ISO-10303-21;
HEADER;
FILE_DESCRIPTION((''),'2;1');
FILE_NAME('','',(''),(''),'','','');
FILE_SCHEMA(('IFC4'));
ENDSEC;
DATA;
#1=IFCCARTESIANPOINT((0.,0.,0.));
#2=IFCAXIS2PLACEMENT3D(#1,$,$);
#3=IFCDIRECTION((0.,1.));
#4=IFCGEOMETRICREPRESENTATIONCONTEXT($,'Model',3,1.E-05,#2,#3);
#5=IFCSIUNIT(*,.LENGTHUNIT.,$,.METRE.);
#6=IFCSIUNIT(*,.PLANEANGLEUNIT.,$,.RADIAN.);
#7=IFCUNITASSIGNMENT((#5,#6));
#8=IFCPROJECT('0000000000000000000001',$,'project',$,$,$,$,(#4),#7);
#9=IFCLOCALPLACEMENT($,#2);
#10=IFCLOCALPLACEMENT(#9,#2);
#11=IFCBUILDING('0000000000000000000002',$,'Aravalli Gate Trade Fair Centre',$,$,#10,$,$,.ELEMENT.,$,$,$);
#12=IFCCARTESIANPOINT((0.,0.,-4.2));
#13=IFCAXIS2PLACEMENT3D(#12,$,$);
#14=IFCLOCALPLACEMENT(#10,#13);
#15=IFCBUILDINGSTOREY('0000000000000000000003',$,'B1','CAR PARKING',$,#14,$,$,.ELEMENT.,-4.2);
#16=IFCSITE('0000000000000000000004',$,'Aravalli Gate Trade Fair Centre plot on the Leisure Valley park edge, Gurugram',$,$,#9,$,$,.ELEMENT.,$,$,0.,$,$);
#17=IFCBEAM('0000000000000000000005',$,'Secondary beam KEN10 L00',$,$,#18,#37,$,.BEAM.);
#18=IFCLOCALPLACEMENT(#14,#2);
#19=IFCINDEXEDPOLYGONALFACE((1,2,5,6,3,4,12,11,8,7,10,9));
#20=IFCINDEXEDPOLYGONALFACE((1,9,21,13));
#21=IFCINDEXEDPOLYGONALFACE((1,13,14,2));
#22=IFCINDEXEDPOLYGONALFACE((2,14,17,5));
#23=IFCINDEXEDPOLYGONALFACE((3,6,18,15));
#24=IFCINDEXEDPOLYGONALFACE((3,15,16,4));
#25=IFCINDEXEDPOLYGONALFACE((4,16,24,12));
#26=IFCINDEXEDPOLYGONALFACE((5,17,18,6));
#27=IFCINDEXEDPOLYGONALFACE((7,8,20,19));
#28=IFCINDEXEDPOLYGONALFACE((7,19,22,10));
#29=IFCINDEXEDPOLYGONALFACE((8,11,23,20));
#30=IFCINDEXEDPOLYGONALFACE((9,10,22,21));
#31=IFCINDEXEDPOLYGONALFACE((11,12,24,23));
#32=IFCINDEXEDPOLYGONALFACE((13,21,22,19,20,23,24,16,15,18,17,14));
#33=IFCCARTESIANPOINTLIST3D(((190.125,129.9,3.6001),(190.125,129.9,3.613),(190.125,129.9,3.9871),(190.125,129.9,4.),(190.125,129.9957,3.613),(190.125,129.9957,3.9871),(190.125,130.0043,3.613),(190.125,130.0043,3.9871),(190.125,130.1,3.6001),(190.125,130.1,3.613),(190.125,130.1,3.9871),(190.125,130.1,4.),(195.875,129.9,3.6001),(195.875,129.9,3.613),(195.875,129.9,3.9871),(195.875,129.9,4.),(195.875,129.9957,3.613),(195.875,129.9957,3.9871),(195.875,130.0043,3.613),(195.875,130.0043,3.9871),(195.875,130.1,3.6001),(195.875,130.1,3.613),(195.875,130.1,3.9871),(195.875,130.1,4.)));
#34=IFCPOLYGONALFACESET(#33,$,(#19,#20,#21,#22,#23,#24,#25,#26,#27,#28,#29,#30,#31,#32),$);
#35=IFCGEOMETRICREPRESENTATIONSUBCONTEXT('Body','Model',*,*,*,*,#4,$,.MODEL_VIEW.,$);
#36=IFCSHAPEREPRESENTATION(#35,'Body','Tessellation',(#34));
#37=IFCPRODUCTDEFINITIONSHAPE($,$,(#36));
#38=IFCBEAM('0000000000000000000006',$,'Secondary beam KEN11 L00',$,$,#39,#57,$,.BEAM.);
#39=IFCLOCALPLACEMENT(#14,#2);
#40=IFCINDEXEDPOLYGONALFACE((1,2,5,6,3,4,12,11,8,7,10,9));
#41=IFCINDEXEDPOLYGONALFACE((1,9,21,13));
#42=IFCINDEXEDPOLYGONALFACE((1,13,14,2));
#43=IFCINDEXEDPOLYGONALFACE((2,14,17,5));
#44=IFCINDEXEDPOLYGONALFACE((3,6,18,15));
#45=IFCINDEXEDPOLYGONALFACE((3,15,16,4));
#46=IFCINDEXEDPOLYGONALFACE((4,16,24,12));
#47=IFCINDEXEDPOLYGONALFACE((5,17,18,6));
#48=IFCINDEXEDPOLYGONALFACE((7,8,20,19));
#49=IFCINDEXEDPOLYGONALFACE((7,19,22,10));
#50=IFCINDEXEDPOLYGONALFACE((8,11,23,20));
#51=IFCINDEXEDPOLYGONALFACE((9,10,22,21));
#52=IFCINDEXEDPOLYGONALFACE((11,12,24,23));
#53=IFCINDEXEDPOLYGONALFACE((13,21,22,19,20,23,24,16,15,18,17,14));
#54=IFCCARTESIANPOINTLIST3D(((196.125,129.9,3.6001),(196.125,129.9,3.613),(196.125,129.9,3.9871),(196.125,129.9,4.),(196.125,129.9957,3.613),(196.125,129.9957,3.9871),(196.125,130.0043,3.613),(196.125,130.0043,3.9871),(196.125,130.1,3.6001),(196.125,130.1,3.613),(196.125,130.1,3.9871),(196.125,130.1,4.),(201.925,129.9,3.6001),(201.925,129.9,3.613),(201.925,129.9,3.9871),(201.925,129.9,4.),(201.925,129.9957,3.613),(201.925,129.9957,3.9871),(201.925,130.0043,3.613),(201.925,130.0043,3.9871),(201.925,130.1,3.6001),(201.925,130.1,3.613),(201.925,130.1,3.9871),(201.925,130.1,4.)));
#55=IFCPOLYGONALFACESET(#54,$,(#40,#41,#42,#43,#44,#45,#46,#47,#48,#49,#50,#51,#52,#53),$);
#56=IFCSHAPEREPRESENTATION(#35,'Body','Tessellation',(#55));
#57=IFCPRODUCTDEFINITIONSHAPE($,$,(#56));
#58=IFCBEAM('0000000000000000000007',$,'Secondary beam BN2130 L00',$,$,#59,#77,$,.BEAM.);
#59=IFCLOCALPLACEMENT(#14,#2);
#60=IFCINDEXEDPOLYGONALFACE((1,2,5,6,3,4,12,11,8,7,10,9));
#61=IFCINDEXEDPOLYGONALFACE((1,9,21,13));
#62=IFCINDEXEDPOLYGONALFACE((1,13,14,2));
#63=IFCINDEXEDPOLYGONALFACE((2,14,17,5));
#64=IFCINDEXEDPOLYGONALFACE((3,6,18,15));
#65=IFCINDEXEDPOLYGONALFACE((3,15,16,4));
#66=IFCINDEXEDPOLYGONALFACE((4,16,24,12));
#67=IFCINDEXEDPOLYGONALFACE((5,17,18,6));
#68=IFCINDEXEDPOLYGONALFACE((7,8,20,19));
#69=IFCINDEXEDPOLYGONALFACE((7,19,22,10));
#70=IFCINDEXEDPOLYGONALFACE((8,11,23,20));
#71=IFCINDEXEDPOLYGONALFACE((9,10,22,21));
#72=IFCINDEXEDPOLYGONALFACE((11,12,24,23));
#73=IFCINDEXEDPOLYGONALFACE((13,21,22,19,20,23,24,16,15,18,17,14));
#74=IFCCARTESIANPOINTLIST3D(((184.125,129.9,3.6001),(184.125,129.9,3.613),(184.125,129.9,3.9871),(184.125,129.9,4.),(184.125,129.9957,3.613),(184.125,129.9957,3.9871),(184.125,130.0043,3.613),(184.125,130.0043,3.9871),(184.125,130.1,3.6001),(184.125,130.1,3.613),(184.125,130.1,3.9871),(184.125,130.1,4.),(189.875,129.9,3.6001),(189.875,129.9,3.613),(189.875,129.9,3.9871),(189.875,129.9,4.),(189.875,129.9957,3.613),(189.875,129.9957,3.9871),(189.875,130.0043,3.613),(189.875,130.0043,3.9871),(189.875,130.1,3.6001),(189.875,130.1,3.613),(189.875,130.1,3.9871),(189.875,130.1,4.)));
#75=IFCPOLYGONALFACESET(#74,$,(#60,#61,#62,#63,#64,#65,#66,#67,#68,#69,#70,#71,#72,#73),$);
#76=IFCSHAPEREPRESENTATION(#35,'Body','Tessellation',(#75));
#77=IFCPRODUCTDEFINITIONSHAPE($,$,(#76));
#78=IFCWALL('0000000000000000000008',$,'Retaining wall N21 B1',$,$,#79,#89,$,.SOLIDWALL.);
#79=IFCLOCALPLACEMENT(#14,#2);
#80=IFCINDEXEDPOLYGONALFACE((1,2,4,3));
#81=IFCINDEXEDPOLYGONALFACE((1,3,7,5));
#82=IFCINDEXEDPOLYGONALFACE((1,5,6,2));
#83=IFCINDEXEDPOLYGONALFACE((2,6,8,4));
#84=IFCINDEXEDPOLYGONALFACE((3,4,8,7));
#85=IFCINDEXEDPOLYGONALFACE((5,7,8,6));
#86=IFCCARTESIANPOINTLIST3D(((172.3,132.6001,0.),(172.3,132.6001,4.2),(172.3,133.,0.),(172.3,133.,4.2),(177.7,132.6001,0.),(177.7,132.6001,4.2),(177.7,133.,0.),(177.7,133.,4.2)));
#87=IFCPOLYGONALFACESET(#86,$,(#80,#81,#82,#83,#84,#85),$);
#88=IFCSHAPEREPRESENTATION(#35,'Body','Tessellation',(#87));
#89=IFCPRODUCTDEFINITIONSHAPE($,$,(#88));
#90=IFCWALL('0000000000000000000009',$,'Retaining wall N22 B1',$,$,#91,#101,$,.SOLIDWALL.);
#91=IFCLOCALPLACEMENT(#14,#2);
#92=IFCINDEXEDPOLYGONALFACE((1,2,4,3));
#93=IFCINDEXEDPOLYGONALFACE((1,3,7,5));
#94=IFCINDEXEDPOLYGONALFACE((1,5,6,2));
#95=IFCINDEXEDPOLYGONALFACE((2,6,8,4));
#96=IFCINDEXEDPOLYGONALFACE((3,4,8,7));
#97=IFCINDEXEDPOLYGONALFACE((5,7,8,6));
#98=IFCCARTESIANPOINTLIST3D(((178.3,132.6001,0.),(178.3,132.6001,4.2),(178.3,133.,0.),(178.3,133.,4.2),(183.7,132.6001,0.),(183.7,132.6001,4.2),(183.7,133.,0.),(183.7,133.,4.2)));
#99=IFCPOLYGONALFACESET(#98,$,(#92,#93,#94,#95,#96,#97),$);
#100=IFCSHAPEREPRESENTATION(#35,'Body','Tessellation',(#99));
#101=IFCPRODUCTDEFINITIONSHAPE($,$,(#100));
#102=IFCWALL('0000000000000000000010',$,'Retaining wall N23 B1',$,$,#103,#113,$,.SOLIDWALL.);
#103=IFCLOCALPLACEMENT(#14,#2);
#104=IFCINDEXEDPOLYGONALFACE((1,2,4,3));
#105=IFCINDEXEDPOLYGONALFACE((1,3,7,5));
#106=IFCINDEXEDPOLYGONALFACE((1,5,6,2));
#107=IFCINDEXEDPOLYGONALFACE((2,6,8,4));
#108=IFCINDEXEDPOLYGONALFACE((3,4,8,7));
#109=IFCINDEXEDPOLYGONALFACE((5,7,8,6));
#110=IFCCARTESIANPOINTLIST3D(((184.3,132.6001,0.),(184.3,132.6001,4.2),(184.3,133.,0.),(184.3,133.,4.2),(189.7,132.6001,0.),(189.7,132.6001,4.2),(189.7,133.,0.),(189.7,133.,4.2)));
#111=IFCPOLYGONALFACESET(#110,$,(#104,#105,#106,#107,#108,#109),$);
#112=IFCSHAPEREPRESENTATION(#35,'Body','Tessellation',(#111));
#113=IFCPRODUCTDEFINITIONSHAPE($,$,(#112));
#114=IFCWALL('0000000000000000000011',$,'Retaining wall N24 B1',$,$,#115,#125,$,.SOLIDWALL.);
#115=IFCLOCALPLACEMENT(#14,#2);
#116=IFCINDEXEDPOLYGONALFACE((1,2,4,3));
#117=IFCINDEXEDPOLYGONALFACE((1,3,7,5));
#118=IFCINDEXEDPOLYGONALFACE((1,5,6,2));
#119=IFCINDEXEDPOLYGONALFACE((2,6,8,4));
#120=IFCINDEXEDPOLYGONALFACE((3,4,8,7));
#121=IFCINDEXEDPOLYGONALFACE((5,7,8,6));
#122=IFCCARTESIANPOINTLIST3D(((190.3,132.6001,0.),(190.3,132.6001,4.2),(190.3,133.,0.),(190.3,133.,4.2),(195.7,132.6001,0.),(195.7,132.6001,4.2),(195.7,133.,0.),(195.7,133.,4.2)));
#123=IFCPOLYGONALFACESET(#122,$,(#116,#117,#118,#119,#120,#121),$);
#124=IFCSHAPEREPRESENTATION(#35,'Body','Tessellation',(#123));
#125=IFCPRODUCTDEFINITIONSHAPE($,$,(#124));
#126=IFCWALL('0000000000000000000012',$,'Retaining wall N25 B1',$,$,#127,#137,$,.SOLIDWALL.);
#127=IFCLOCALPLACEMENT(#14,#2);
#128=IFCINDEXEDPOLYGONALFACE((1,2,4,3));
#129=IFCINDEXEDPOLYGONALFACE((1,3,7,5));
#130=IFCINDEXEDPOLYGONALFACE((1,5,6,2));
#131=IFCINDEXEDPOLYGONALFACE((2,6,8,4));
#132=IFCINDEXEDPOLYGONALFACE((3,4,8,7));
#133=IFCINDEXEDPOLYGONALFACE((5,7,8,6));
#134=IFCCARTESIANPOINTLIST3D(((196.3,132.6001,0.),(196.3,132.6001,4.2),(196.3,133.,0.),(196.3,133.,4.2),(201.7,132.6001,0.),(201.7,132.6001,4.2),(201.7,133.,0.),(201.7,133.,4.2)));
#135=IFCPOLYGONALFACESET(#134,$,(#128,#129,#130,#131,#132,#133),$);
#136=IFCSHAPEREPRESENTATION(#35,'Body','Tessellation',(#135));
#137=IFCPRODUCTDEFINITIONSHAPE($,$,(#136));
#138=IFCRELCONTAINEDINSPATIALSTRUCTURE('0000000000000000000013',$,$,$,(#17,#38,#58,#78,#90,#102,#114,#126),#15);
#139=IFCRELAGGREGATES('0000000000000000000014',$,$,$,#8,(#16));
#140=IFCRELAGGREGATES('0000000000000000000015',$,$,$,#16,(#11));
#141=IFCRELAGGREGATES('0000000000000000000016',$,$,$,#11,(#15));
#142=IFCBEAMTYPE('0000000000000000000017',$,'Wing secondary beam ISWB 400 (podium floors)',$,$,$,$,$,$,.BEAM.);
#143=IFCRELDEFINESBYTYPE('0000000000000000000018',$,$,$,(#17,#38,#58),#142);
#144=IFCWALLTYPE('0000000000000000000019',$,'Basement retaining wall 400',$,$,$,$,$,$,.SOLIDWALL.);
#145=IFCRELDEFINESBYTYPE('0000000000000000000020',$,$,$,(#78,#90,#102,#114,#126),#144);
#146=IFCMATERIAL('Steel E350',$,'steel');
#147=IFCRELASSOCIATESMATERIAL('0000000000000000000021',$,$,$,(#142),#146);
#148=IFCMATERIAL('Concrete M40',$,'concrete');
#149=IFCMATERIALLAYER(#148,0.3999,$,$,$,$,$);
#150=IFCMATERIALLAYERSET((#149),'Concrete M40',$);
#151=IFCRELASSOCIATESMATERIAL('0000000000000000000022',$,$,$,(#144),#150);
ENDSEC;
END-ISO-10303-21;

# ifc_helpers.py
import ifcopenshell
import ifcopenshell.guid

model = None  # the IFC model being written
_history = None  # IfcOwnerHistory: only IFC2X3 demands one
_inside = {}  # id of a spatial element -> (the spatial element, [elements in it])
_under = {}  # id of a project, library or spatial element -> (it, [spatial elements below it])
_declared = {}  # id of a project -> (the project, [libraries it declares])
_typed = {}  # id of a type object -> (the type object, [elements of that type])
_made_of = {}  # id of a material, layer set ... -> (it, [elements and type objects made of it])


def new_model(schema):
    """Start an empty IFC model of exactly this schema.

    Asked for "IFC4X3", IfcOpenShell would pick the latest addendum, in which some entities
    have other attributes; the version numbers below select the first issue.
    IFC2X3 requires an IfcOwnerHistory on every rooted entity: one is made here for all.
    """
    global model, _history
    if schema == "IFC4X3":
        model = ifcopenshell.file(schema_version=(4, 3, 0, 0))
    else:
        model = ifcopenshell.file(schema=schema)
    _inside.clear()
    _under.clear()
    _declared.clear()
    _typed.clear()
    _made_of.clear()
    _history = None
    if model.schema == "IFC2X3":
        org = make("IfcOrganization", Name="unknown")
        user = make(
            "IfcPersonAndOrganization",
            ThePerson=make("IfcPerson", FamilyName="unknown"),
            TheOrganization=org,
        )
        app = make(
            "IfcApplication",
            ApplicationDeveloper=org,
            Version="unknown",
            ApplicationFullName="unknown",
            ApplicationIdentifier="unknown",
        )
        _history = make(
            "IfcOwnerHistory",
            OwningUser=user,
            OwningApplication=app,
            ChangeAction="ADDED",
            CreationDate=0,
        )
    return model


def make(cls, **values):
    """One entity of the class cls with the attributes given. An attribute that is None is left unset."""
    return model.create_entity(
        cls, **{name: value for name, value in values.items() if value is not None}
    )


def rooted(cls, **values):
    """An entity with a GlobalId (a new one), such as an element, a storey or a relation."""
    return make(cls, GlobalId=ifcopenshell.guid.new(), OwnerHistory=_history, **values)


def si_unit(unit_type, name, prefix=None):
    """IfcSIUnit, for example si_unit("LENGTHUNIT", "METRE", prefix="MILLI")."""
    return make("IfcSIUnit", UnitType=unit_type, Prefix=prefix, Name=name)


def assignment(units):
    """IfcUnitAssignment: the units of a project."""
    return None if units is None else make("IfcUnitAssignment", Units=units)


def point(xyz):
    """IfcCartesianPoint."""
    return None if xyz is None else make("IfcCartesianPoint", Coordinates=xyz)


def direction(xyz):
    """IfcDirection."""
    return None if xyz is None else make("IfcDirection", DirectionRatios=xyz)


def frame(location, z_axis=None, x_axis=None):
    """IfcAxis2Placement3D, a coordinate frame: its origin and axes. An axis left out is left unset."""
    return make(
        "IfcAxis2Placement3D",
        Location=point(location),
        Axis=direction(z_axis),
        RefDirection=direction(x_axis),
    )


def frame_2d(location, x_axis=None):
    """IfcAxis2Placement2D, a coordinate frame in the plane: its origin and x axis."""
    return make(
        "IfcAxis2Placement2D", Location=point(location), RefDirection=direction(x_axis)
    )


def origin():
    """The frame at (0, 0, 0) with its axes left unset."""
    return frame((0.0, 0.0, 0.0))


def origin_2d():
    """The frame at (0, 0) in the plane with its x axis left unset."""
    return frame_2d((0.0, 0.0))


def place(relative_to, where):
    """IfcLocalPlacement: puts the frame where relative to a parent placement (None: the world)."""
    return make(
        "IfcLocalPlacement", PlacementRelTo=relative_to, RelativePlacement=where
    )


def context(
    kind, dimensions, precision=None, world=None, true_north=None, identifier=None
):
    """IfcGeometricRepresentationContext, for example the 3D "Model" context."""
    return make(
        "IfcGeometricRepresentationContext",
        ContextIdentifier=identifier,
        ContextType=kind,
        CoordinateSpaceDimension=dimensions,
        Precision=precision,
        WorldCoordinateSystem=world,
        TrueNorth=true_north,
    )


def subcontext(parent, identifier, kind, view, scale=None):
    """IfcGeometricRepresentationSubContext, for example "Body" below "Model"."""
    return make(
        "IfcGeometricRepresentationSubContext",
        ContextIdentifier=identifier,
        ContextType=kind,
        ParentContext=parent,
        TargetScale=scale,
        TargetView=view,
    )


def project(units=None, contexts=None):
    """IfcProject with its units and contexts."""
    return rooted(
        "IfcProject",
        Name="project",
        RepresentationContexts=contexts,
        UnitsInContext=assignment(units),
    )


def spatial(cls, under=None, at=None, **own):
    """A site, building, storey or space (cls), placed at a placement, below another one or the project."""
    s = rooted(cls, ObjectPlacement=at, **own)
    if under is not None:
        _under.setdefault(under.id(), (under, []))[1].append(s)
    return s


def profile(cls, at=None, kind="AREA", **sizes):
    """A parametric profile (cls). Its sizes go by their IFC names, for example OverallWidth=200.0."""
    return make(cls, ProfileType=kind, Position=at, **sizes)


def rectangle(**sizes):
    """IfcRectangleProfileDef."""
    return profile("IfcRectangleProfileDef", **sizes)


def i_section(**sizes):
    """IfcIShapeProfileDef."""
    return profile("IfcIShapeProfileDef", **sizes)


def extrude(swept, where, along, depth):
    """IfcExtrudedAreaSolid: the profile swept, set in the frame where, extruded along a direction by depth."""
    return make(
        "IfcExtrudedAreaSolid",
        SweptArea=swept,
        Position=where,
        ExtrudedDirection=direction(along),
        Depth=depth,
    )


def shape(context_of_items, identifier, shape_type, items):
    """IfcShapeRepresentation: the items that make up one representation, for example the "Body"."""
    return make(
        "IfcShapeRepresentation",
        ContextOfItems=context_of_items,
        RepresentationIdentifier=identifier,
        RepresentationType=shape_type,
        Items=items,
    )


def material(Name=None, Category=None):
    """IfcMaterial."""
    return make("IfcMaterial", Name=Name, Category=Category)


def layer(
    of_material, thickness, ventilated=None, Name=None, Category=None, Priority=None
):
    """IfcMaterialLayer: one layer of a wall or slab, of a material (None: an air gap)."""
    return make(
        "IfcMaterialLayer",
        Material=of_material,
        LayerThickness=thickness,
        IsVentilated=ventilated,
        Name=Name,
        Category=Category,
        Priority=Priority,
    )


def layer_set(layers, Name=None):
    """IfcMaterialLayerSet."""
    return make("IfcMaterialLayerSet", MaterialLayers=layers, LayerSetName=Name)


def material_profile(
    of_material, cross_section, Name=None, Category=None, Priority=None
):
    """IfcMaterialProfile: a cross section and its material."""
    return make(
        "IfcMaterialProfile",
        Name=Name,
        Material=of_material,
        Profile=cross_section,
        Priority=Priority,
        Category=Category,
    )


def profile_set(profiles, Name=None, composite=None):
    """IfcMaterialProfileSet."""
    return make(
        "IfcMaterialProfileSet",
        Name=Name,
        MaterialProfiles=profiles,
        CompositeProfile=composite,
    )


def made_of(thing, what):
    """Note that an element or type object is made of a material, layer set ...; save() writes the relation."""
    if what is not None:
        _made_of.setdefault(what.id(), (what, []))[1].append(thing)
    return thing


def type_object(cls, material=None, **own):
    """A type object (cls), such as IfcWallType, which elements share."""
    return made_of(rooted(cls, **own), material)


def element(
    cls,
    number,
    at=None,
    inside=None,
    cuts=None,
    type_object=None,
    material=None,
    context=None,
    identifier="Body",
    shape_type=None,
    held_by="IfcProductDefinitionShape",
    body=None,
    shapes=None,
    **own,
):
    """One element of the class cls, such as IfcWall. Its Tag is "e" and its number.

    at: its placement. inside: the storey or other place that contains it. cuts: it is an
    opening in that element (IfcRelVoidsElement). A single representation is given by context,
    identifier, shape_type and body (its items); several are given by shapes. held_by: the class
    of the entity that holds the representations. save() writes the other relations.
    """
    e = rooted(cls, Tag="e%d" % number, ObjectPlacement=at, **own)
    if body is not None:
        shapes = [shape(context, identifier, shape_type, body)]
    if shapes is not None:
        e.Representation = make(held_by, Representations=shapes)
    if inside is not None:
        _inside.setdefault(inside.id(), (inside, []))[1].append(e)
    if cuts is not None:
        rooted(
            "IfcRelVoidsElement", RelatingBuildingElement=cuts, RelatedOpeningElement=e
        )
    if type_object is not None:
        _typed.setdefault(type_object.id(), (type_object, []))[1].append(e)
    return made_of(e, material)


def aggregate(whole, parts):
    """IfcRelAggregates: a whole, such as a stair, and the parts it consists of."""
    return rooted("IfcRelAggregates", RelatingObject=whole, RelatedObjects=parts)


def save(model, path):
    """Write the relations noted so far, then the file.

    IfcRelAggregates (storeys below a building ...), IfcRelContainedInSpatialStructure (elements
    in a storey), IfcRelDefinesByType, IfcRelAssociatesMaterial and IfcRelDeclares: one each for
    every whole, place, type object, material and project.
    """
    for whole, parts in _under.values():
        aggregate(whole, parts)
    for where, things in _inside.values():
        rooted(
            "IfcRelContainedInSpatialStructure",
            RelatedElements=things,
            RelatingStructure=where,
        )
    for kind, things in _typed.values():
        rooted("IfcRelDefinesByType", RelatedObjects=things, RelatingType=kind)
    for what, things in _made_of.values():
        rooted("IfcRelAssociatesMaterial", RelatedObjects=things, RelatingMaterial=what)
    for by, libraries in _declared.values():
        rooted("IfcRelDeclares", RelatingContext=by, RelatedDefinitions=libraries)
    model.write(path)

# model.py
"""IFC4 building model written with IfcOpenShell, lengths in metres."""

from ifc_helpers import new_model, si_unit, direction, frame, frame_2d, origin, origin_2d, place, context, subcontext, project, spatial, rectangle, i_section, extrude, material, layer, layer_set, material_profile, profile_set, type_object, element, save


model = new_model("IFC4")

# Units and contexts
model_context = context("Model", 3, precision=1e-05, world=origin(), true_north=direction((0.0, 1.0)))
body_context = subcontext(model_context, "Body", "Model", "MODEL_VIEW")
ifc_project = project(units=[si_unit("LENGTHUNIT", "METRE"), si_unit("PLANEANGLEUNIT", "RADIAN")], contexts=[model_context])

# Site, building, storey
site_placement = place(None, origin())
site = spatial("IfcSite", under=ifc_project, at=site_placement, Name="Aravalli Gate Trade Fair Centre plot on the Leisure Valley park edge, Gurugram", CompositionType="ELEMENT", RefElevation=0.0)
building_placement = place(site_placement, origin())
building = spatial("IfcBuilding", under=site, at=building_placement, Name="Aravalli Gate Trade Fair Centre", CompositionType="ELEMENT")
storey_placement = place(building_placement, frame((0.0, 0.0, -4.2)))
storey = spatial("IfcBuildingStorey", under=building, at=storey_placement, Name="B1", Description="CAR PARKING", CompositionType="ELEMENT", Elevation=-4.2)

# Shared definitions
ifc_material_1 = material(Name="Steel E350", Category="steel")

# Beams
ifc_material_profile_1 = material_profile(ifc_material_1, i_section(OverallWidth=0.2, OverallDepth=0.3999, WebThickness=0.0085, FlangeThickness=0.0129, at=origin_2d()), Name="ISWB 400")
ifc_profile_set_1 = profile_set([ifc_material_profile_1], Name="Steel E350")
beam_type_1 = type_object("IfcBeamType", Name="Wing secondary beam ISWB 400 (podium floors)", PredefinedType="BEAM", material=ifc_profile_set_1)
beam_1_placement = place(storey_placement, frame((190.125, 130.0, 3.8), z_axis=(1.0, 0.0, 0.0), x_axis=(0.0, 1.0, 0.0)))
element("IfcBeam", 1, at=beam_1_placement, inside=storey, type_object=beam_type_1, Name="Secondary beam KEN10 L00", PredefinedType="BEAM", context=body_context, shape_type="SweptSolid", body=[
    extrude(i_section(OverallWidth=0.2, OverallDepth=0.3999, WebThickness=0.0085, FlangeThickness=0.0129, at=origin_2d()), origin(), (0.0, 0.0, 1.0), 5.75),
])
beam_2_placement = place(storey_placement, frame((196.125, 130.0, 3.8), z_axis=(1.0, 0.0, 0.0), x_axis=(0.0, 1.0, 0.0)))
element("IfcBeam", 2, at=beam_2_placement, inside=storey, type_object=beam_type_1, Name="Secondary beam KEN11 L00", PredefinedType="BEAM", context=body_context, shape_type="SweptSolid", body=[
    extrude(i_section(OverallWidth=0.2, OverallDepth=0.3999, WebThickness=0.0085, FlangeThickness=0.0129, at=origin_2d()), origin(), (0.0, 0.0, 1.0), 5.8),
])
beam_3_placement = place(storey_placement, frame((184.125, 130.0, 3.8), z_axis=(1.0, 0.0, 0.0), x_axis=(0.0, 1.0, 0.0)))
element("IfcBeam", 3, at=beam_3_placement, inside=storey, type_object=beam_type_1, Name="Secondary beam BN2130 L00", PredefinedType="BEAM", context=body_context, shape_type="SweptSolid", body=[
    extrude(i_section(OverallWidth=0.2, OverallDepth=0.3999, WebThickness=0.0085, FlangeThickness=0.0129, at=origin_2d()), origin(), (0.0, 0.0, 1.0), 5.75),
])

# Walls
ifc_material_2 = material(Name="Concrete M40", Category="concrete")
ifc_layer = layer(ifc_material_2, 0.3999)
ifc_layer_set = layer_set([ifc_layer], Name="Concrete M40")
wall_type = type_object("IfcWallType", Name="Basement retaining wall 400", PredefinedType="SOLIDWALL", material=ifc_layer_set)
for number, where, z_axis, x_axis, name in (
    (4, (172.3, 132.8, 0.0), (0.0, 0.0, 1.0), (1.0, 0.0, 0.0), "Retaining wall N21 B1"),
    (5, (178.3, 132.8, 0.0), (0.0, 0.0, 1.0), (1.0, 0.0, 0.0), "Retaining wall N22 B1"),
    (6, (184.3, 132.8, 0.0), (0.0, 0.0, 1.0), (1.0, 0.0, 0.0), "Retaining wall N23 B1"),
    (7, (190.3, 132.8, 0.0), (0.0, 0.0, 1.0), (1.0, 0.0, 0.0), "Retaining wall N24 B1"),
    (8, (196.3, 132.8, 0.0), (0.0, 0.0, 1.0), (1.0, 0.0, 0.0), "Retaining wall N25 B1"),
):
    element("IfcWall", number, at=place(storey_placement, frame(where, z_axis=z_axis, x_axis=x_axis)), inside=storey, type_object=wall_type, Name=name, PredefinedType="SOLIDWALL", context=body_context, shape_type="SweptSolid", body=[
        extrude(rectangle(XDim=5.3999, YDim=0.3999, at=frame_2d((2.7, 0.0))), origin(), (0.0, 0.0, 1.0), 4.2),
    ])

save(model, "model.ifc")
